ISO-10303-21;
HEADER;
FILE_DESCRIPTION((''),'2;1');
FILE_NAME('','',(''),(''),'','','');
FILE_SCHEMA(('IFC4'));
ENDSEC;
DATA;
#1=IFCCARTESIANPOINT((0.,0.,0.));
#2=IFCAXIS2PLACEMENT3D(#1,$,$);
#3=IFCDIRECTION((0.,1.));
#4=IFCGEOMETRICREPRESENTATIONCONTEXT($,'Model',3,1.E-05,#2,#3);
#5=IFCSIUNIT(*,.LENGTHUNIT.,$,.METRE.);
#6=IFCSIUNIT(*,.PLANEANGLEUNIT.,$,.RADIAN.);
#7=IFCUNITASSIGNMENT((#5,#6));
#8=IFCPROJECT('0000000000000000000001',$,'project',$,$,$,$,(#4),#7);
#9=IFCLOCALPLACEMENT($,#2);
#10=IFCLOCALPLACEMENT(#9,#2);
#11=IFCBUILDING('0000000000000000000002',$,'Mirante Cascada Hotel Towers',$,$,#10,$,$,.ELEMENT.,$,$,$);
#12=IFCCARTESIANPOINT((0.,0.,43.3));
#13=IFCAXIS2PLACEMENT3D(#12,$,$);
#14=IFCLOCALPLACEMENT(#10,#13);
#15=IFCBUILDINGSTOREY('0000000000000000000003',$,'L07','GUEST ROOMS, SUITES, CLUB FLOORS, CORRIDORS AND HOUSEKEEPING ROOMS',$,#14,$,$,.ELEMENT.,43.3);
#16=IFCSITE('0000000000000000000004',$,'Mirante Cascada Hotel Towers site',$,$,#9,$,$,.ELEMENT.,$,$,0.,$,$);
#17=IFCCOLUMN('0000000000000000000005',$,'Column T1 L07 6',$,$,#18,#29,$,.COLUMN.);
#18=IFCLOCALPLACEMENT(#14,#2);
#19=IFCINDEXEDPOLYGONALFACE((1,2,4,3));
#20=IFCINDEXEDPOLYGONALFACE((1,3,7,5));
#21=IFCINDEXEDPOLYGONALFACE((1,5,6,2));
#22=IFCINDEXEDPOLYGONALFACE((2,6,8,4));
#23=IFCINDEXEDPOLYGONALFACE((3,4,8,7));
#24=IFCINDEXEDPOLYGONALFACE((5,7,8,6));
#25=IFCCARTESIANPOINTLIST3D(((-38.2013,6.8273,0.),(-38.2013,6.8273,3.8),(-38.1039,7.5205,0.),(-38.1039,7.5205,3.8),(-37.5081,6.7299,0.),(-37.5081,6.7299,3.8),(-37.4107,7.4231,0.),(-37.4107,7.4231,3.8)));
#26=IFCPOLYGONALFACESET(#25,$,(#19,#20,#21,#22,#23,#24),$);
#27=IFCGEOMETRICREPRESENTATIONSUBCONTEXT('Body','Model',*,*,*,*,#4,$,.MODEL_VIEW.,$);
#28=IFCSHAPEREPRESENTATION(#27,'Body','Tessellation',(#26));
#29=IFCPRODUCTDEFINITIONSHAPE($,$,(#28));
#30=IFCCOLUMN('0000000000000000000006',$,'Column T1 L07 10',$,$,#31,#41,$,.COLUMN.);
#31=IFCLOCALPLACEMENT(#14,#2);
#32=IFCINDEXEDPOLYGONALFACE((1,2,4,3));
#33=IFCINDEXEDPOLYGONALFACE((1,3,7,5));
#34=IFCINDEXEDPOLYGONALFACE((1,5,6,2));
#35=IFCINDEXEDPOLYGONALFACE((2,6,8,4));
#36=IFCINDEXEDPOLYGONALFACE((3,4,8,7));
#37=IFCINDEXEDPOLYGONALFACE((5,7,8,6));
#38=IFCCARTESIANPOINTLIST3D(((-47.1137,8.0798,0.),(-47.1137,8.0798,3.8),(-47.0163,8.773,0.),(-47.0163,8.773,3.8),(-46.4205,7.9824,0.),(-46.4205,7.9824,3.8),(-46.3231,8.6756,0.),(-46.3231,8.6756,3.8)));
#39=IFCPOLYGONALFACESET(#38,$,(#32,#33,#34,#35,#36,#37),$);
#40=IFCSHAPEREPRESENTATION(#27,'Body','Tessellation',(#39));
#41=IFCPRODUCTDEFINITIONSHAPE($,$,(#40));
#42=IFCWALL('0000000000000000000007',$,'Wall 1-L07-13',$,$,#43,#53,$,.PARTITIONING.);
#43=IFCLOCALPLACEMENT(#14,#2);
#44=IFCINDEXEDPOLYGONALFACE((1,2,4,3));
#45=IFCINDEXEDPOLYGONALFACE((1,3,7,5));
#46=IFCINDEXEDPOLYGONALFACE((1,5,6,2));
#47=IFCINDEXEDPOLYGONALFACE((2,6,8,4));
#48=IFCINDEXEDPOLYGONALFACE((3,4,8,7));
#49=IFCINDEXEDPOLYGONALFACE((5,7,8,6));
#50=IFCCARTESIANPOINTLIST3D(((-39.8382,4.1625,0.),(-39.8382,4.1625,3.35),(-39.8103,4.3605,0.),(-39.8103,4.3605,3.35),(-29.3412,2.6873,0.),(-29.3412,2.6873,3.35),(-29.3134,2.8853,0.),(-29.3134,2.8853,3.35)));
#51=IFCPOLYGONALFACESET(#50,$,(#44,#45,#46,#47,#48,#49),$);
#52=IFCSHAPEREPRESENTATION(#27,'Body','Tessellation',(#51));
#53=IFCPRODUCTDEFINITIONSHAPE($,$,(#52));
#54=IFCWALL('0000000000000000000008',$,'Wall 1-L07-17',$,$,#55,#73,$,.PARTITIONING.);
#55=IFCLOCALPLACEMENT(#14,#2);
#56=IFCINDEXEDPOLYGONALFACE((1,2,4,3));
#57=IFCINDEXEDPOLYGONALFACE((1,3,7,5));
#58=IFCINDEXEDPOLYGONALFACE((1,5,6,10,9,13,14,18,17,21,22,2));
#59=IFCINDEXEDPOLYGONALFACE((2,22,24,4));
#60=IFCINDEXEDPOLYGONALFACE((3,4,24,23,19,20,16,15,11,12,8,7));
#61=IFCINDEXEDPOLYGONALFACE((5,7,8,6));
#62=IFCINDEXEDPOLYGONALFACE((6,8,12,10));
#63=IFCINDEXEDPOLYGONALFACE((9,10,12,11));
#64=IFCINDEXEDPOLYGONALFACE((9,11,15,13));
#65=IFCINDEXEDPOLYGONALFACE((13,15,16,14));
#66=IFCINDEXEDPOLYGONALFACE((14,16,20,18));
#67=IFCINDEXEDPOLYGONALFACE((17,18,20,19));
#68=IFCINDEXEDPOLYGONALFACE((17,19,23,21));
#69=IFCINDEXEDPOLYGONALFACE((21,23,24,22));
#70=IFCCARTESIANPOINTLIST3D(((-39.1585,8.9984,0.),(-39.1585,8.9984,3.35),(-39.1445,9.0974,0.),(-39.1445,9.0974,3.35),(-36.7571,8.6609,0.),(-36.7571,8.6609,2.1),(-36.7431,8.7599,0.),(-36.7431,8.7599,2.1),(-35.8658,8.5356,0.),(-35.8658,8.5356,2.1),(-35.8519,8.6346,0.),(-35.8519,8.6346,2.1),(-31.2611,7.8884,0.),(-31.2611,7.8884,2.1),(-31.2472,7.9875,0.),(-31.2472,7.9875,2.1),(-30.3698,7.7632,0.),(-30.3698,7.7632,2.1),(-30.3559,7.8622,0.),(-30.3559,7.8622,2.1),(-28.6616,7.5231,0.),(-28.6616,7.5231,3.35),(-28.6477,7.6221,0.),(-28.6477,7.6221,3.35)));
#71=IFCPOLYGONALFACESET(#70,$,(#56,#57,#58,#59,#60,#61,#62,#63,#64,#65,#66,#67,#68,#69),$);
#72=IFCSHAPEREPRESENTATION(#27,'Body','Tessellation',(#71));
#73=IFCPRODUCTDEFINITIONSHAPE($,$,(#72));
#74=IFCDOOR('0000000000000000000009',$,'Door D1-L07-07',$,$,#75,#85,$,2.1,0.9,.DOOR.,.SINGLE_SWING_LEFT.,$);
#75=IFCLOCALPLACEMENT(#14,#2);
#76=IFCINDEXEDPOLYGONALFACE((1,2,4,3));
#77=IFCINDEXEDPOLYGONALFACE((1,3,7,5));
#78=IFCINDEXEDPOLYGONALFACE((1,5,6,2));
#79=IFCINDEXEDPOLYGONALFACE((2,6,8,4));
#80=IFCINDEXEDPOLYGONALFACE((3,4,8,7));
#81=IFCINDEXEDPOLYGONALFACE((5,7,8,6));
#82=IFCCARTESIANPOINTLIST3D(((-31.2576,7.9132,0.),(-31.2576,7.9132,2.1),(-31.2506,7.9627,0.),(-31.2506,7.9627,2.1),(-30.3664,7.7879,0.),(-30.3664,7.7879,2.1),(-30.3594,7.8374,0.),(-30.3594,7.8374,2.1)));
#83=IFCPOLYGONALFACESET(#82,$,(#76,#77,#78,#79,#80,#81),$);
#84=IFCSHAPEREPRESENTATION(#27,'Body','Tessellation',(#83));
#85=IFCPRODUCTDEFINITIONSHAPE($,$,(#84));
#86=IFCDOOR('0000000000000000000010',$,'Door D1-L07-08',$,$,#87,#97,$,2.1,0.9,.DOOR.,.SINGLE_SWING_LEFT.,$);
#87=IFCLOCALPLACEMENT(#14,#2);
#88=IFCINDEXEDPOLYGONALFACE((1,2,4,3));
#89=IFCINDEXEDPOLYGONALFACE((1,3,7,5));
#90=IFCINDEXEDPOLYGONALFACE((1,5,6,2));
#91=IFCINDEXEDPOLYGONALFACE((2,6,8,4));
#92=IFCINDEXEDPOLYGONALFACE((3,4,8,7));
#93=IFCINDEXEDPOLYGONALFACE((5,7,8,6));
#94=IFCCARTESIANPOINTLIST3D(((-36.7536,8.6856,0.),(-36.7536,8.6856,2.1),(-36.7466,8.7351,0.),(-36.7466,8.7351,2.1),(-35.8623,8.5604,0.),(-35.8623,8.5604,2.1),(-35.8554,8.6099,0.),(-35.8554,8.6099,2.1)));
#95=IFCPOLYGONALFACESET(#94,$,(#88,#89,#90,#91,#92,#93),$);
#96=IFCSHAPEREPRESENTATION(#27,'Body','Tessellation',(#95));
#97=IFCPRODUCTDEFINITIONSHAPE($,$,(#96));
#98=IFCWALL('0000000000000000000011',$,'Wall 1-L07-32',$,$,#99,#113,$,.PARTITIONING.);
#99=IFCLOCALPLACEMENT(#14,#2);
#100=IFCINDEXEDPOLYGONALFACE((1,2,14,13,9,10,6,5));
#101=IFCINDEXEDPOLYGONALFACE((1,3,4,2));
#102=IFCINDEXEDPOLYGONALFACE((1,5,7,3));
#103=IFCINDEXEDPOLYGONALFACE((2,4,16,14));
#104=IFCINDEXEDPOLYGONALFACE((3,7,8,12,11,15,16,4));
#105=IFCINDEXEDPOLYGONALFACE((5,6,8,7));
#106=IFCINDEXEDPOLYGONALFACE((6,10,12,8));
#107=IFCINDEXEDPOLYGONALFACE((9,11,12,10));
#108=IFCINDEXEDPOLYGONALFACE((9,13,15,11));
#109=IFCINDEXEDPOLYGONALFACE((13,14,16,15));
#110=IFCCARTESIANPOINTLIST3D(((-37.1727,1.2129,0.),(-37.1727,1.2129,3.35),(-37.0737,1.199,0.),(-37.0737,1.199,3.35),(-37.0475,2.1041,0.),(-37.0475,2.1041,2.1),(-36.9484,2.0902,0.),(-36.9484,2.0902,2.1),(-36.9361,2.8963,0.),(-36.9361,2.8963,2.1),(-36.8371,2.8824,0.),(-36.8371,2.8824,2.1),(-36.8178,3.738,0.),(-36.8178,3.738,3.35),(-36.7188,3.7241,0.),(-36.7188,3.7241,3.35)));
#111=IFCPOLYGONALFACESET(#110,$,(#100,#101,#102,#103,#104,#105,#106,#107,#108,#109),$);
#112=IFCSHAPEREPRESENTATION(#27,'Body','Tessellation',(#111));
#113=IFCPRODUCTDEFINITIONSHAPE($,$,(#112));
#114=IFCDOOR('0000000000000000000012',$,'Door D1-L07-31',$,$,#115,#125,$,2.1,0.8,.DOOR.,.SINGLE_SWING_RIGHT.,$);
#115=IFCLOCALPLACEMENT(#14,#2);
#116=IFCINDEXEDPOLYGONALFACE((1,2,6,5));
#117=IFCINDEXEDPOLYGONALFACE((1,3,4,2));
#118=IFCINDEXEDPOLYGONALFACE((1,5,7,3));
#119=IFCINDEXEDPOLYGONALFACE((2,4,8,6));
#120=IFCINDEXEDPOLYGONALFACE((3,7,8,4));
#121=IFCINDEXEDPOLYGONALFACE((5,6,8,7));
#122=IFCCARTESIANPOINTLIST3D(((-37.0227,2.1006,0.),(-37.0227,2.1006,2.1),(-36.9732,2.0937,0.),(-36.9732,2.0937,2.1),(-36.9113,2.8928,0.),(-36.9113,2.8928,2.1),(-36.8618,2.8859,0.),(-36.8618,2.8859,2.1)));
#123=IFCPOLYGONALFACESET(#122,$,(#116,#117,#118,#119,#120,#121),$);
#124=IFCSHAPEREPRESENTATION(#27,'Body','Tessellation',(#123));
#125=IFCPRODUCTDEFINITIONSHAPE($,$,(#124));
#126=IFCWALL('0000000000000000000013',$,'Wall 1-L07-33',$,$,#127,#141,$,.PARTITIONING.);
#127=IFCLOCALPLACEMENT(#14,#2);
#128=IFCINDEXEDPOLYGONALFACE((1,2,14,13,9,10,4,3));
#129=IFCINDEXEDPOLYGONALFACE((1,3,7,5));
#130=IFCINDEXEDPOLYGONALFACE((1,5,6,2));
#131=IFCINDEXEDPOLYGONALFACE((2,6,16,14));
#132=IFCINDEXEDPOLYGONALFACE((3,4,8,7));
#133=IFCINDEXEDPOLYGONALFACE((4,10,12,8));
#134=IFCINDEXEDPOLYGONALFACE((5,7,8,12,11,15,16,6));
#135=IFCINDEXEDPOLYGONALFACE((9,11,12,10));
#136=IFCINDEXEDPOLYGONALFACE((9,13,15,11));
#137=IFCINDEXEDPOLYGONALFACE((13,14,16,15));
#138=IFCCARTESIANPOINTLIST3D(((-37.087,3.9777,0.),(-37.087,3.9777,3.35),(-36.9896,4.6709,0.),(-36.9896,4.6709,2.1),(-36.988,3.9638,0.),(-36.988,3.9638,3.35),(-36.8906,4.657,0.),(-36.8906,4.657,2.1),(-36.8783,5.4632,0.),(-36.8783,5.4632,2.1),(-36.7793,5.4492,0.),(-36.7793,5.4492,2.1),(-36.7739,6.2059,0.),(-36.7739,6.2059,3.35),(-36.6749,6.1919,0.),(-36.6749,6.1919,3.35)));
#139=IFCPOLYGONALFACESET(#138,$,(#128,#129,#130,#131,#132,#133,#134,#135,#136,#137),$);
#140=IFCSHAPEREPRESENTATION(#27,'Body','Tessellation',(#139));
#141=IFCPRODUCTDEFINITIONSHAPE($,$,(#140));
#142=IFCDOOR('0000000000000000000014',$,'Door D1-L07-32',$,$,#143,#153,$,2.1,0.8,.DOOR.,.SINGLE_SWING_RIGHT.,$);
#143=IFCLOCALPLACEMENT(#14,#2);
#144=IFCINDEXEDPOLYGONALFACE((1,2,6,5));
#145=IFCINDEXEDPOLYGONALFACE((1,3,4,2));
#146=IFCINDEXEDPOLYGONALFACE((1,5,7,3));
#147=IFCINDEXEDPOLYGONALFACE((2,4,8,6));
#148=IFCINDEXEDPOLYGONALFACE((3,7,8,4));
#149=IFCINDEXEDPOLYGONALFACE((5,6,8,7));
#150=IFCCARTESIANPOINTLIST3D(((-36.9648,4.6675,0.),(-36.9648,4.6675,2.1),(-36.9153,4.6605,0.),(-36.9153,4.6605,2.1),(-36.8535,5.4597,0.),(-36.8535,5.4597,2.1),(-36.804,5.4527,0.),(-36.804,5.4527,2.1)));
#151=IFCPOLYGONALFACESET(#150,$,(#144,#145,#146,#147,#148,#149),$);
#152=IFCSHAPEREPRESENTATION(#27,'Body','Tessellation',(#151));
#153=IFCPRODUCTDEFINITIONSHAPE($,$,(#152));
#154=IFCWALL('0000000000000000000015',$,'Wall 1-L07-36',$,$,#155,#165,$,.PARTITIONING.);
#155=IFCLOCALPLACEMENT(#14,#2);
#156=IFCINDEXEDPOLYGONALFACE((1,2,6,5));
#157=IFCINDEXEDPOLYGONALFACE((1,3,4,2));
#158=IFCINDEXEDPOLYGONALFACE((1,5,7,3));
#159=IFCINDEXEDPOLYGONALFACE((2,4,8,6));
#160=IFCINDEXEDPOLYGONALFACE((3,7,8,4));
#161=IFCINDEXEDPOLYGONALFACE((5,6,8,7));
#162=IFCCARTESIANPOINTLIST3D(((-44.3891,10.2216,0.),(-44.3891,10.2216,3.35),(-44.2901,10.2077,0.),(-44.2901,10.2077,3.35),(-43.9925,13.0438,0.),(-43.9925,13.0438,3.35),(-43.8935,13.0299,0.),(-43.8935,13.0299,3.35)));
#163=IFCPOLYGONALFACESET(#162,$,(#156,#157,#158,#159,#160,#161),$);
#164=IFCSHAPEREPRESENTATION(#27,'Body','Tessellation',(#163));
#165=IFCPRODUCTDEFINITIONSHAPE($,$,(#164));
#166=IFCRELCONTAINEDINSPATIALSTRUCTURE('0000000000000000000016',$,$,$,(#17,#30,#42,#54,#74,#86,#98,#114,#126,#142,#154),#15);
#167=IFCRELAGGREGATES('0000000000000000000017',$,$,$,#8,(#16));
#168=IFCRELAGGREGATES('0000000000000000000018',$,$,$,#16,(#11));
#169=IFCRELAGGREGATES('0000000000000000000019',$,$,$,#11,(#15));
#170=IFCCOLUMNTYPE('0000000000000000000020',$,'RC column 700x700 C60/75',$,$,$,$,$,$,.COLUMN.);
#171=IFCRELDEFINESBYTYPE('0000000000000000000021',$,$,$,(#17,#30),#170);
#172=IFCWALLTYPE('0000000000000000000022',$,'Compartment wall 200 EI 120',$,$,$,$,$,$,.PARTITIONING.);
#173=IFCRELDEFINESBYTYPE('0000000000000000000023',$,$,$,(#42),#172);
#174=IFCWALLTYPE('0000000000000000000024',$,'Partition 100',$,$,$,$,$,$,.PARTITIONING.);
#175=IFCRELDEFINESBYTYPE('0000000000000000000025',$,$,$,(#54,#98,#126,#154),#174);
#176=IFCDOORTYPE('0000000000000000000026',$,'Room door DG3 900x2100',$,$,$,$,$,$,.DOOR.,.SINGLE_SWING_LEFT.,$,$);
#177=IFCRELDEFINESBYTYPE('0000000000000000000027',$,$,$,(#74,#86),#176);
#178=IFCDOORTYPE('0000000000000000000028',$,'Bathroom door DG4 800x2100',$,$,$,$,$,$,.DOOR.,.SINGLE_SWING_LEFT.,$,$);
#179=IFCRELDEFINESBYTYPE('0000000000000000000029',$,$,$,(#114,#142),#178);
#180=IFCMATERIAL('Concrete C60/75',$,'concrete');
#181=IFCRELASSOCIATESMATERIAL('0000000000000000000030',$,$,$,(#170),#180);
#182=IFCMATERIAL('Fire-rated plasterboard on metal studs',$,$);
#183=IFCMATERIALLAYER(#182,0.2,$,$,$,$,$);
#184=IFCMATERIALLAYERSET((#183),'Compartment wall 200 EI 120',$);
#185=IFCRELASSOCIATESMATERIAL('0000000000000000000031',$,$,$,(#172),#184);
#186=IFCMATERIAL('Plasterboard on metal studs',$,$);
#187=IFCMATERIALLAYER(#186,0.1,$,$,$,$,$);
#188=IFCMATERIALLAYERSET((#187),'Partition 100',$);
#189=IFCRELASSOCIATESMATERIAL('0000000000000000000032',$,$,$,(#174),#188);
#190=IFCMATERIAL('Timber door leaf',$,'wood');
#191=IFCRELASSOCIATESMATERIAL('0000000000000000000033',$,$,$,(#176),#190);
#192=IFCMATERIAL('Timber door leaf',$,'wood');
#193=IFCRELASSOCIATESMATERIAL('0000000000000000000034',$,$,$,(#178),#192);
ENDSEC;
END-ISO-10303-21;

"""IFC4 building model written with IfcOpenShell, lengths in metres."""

from ifc_helpers import new_model, si_unit, direction, frame, frame_2d, origin, origin_2d, place, context, subcontext, project, spatial, rectangle, extrude, material, layer, layer_set, material_profile, profile_set, type_object, element, fill, save


model = new_model("IFC4")

# Units and contexts
model_context = context("Model", 3, precision=1e-05, world=origin(), true_north=direction((0.0, 1.0)))
body_context = subcontext(model_context, "Body", "Model", "MODEL_VIEW")
ifc_project = project(units=[si_unit("LENGTHUNIT", "METRE"), si_unit("PLANEANGLEUNIT", "RADIAN")], contexts=[model_context])

# Site, building, storey
site_placement = place(None, origin())
site = spatial("IfcSite", under=ifc_project, at=site_placement, Name="Mirante Cascada Hotel Towers site", CompositionType="ELEMENT", RefElevation=0.0)
building_placement = place(site_placement, origin())
building = spatial("IfcBuilding", under=site, at=building_placement, Name="Mirante Cascada Hotel Towers", CompositionType="ELEMENT")
storey_placement = place(building_placement, frame((0.0, 0.0, 43.3)))
storey = spatial("IfcBuildingStorey", under=building, at=storey_placement, Name="L07", Description="GUEST ROOMS, SUITES, CLUB FLOORS, CORRIDORS AND HOUSEKEEPING ROOMS", CompositionType="ELEMENT", Elevation=43.3)

# Columns
ifc_material_1 = material(Name="Concrete C60/75", Category="concrete")
ifc_material_profile = material_profile(ifc_material_1, rectangle(XDim=0.7, YDim=0.7, at=origin_2d()), Name="RC column 700x700 C60/75")
ifc_profile_set = profile_set([ifc_material_profile], Name="Concrete C60/75")
column_type = type_object("IfcColumnType", Name="RC column 700x700 C60/75", PredefinedType="COLUMN", material=ifc_profile_set)
for number, where, z_axis, x_axis, name in (
    (1, (-37.806, 7.1252, 0.0), (0.0, 0.0, 1.0), (-0.990268, 0.139173, 0.0), "Column T1 L07 6"),
    (2, (-46.7184, 8.3777, 0.0), (0.0, 0.0, 1.0), (-0.990268, 0.139173, 0.0), "Column T1 L07 10"),
):
    element("IfcColumn", number, at=place(storey_placement, frame(where, z_axis=z_axis, x_axis=x_axis)), inside=storey, type_object=column_type, Name=name, PredefinedType="COLUMN", context=body_context, shape_type="SweptSolid", body=[
        extrude(rectangle(XDim=0.7, YDim=0.7, at=origin_2d()), origin(), (0.0, 0.0, 1.0), 3.8),
    ])

# Wall
ifc_material_2 = material(Name="Fire-rated plasterboard on metal studs")
ifc_layer_1 = layer(ifc_material_2, 0.2)
ifc_layer_set_1 = layer_set([ifc_layer_1], Name="Compartment wall 200 EI 120")
wall_type_1 = type_object("IfcWallType", Name="Compartment wall 200 EI 120", PredefinedType="PARTITIONING", material=ifc_layer_set_1)
wall_1_placement = place(storey_placement, frame((-39.8242, 4.2615, 0.0), z_axis=(0.0, 0.0, 1.0), x_axis=(0.990269, -0.139169, 0.0)))
element("IfcWall", 3, at=wall_1_placement, inside=storey, type_object=wall_type_1, Name="Wall 1-L07-13", PredefinedType="PARTITIONING", context=body_context, shape_type="SweptSolid", body=[
    extrude(rectangle(XDim=10.6001, YDim=0.2, at=frame_2d((5.3, 0.0))), origin(), (0.0, 0.0, 1.0), 3.35),
])

# Wall, openings, doors
ifc_material_3 = material(Name="Plasterboard on metal studs")
ifc_layer_2 = layer(ifc_material_3, 0.1)
ifc_layer_set_2 = layer_set([ifc_layer_2], Name="Partition 100")
wall_type_2 = type_object("IfcWallType", Name="Partition 100", PredefinedType="PARTITIONING", material=ifc_layer_set_2)
wall_2_placement = place(storey_placement, frame((-39.1515, 9.0479, 0.0), z_axis=(0.0, 0.0, 1.0), x_axis=(0.990267, -0.13918, 0.0)))
wall_2 = element("IfcWall", 4, at=wall_2_placement, inside=storey, type_object=wall_type_2, Name="Wall 1-L07-17", PredefinedType="PARTITIONING", context=body_context, shape_type="SweptSolid", body=[
    extrude(rectangle(XDim=10.6, YDim=0.1, at=frame_2d((5.3, 0.0))), origin(), (0.0, 0.0, 1.0), 3.35),
])
opening_1_placement = place(wall_2_placement, frame((7.975, 0.0, 0.0)))
opening_1 = element("IfcOpeningElement", 5, at=opening_1_placement, cuts=wall_2, PredefinedType="OPENING", context=body_context, shape_type="SweptSolid", body=[
    extrude(rectangle(XDim=0.9, YDim=2.1, at=frame_2d((0.45, 1.05))), frame((0.0, 0.05, 0.0), z_axis=(0.0, -1.0, 0.0), x_axis=(1.0, 0.0, 0.0)), (0.0, 0.0, 1.0), 0.1),
])
opening_2_placement = place(wall_2_placement, frame((2.425, 0.0, 0.0)))
opening_2 = element("IfcOpeningElement", 6, at=opening_2_placement, cuts=wall_2, PredefinedType="OPENING", context=body_context, shape_type="SweptSolid", body=[
    extrude(rectangle(XDim=0.9, YDim=2.1, at=frame_2d((0.45, 1.05))), frame((0.0, 0.05, 0.0), z_axis=(0.0, -1.0, 0.0), x_axis=(1.0, 0.0, 0.0)), (0.0, 0.0, 1.0), 0.1),
])
ifc_material_4 = material(Name="Timber door leaf", Category="wood")
door_type_1 = type_object("IfcDoorType", Name="Room door DG3 900x2100", OperationType="SINGLE_SWING_LEFT", PredefinedType="DOOR", material=ifc_material_4)
door_1_placement = place(opening_1_placement, origin())
door_1 = element("IfcDoor", 7, at=door_1_placement, inside=storey, type_object=door_type_1, Name="Door D1-L07-07", OperationType="SINGLE_SWING_LEFT", OverallHeight=2.1, OverallWidth=0.9, PredefinedType="DOOR", context=body_context, shape_type="SweptSolid", body=[
    extrude(rectangle(XDim=0.9, YDim=2.1, at=frame_2d((0.45, 1.05))), frame((0.0, 0.025, 0.0), z_axis=(0.0, -1.0, 0.0), x_axis=(1.0, 0.0, 0.0)), (0.0, 0.0, 1.0), 0.05),
])
fill(opening_1, door_1)
door_2_placement = place(opening_2_placement, origin())
door_2 = element("IfcDoor", 8, at=door_2_placement, inside=storey, type_object=door_type_1, Name="Door D1-L07-08", OperationType="SINGLE_SWING_LEFT", OverallHeight=2.1, OverallWidth=0.9, PredefinedType="DOOR", context=body_context, shape_type="SweptSolid", body=[
    extrude(rectangle(XDim=0.9, YDim=2.1, at=frame_2d((0.45, 1.05))), frame((0.0, 0.025, 0.0), z_axis=(0.0, -1.0, 0.0), x_axis=(1.0, 0.0, 0.0)), (0.0, 0.0, 1.0), 0.05),
])
fill(opening_2, door_2)

# Walls, openings, doors
wall_3_placement = place(storey_placement, frame((-37.1232, 1.2059, 0.0), z_axis=(0.0, 0.0, 1.0), x_axis=(0.139181, 0.990267, 0.0)))
wall_3 = element("IfcWall", 9, at=wall_3_placement, inside=storey, type_object=wall_type_2, Name="Wall 1-L07-32", PredefinedType="PARTITIONING", context=body_context, shape_type="SweptSolid", body=[
    extrude(rectangle(XDim=2.5499, YDim=0.1, at=frame_2d((1.275, 0.0))), origin(), (0.0, 0.0, 1.0), 3.35),
])
opening_3_placement = place(wall_3_placement, frame((0.9, 0.0, 0.0)))
opening_3 = element("IfcOpeningElement", 10, at=opening_3_placement, cuts=wall_3, PredefinedType="OPENING", context=body_context, shape_type="SweptSolid", body=[
    extrude(rectangle(XDim=0.8, YDim=2.1, at=frame_2d((0.4, 1.05))), frame((0.0, 0.05, 0.0), z_axis=(0.0, -1.0, 0.0), x_axis=(1.0, 0.0, 0.0)), (0.0, 0.0, 1.0), 0.1),
])
ifc_material_5 = material(Name="Timber door leaf", Category="wood")
door_type_2 = type_object("IfcDoorType", Name="Bathroom door DG4 800x2100", OperationType="SINGLE_SWING_LEFT", PredefinedType="DOOR", material=ifc_material_5)
door_3_placement = place(opening_3_placement, frame((0.8, 0.0, 0.0), z_axis=(0.0, 0.0, 1.0), x_axis=(-1.0, 0.0, 0.0)))
door_3 = element("IfcDoor", 11, at=door_3_placement, inside=storey, type_object=door_type_2, Name="Door D1-L07-31", OperationType="SINGLE_SWING_RIGHT", OverallHeight=2.1, OverallWidth=0.8, PredefinedType="DOOR", context=body_context, shape_type="SweptSolid", body=[
    extrude(rectangle(XDim=0.8, YDim=2.1, at=frame_2d((0.4, 1.05))), frame((0.0, 0.025, 0.0), z_axis=(0.0, -1.0, 0.0), x_axis=(1.0, 0.0, 0.0)), (0.0, 0.0, 1.0), 0.05),
])
fill(opening_3, door_3)
wall_4_placement = place(storey_placement, frame((-36.7244, 6.1989, 0.0), z_axis=(0.0, 0.0, 1.0), x_axis=(-0.139156, -0.990271, 0.0)))
wall_4 = element("IfcWall", 12, at=wall_4_placement, inside=storey, type_object=wall_type_2, Name="Wall 1-L07-33", PredefinedType="PARTITIONING", context=body_context, shape_type="SweptSolid", body=[
    extrude(rectangle(XDim=2.25, YDim=0.1, at=frame_2d((1.125, 0.0))), origin(), (0.0, 0.0, 1.0), 3.35),
])
opening_4_placement = place(wall_4_placement, frame((0.75, 0.0, 0.0)))
opening_4 = element("IfcOpeningElement", 13, at=opening_4_placement, cuts=wall_4, PredefinedType="OPENING", context=body_context, shape_type="SweptSolid", body=[
    extrude(rectangle(XDim=0.8, YDim=2.1, at=frame_2d((0.4, 1.05))), frame((0.0, 0.05, 0.0), z_axis=(0.0, -1.0, 0.0), x_axis=(1.0, 0.0, 0.0)), (0.0, 0.0, 1.0), 0.1),
])
door_4_placement = place(opening_4_placement, frame((0.8, 0.0, 0.0), z_axis=(0.0, 0.0, 1.0), x_axis=(-1.0, 0.0, 0.0)))
door_4 = element("IfcDoor", 14, at=door_4_placement, inside=storey, type_object=door_type_2, Name="Door D1-L07-32", OperationType="SINGLE_SWING_RIGHT", OverallHeight=2.1, OverallWidth=0.8, PredefinedType="DOOR", context=body_context, shape_type="SweptSolid", body=[
    extrude(rectangle(XDim=0.8, YDim=2.1, at=frame_2d((0.4, 1.05))), frame((0.0, 0.025, 0.0), z_axis=(0.0, -1.0, 0.0), x_axis=(1.0, 0.0, 0.0)), (0.0, 0.0, 1.0), 0.05),
])
fill(opening_4, door_4)

# Wall
wall_5_placement = place(storey_placement, frame((-44.3396, 10.2146, 0.0), z_axis=(0.0, 0.0, 1.0), x_axis=(0.139161, 0.99027, 0.0)))
element("IfcWall", 15, at=wall_5_placement, inside=storey, type_object=wall_type_2, Name="Wall 1-L07-36", PredefinedType="PARTITIONING", context=body_context, shape_type="SweptSolid", body=[
    extrude(rectangle(XDim=2.8499, YDim=0.1, at=frame_2d((1.425, 0.0))), origin(), (0.0, 0.0, 1.0), 3.35),
])

save(model, "model.ifc")
